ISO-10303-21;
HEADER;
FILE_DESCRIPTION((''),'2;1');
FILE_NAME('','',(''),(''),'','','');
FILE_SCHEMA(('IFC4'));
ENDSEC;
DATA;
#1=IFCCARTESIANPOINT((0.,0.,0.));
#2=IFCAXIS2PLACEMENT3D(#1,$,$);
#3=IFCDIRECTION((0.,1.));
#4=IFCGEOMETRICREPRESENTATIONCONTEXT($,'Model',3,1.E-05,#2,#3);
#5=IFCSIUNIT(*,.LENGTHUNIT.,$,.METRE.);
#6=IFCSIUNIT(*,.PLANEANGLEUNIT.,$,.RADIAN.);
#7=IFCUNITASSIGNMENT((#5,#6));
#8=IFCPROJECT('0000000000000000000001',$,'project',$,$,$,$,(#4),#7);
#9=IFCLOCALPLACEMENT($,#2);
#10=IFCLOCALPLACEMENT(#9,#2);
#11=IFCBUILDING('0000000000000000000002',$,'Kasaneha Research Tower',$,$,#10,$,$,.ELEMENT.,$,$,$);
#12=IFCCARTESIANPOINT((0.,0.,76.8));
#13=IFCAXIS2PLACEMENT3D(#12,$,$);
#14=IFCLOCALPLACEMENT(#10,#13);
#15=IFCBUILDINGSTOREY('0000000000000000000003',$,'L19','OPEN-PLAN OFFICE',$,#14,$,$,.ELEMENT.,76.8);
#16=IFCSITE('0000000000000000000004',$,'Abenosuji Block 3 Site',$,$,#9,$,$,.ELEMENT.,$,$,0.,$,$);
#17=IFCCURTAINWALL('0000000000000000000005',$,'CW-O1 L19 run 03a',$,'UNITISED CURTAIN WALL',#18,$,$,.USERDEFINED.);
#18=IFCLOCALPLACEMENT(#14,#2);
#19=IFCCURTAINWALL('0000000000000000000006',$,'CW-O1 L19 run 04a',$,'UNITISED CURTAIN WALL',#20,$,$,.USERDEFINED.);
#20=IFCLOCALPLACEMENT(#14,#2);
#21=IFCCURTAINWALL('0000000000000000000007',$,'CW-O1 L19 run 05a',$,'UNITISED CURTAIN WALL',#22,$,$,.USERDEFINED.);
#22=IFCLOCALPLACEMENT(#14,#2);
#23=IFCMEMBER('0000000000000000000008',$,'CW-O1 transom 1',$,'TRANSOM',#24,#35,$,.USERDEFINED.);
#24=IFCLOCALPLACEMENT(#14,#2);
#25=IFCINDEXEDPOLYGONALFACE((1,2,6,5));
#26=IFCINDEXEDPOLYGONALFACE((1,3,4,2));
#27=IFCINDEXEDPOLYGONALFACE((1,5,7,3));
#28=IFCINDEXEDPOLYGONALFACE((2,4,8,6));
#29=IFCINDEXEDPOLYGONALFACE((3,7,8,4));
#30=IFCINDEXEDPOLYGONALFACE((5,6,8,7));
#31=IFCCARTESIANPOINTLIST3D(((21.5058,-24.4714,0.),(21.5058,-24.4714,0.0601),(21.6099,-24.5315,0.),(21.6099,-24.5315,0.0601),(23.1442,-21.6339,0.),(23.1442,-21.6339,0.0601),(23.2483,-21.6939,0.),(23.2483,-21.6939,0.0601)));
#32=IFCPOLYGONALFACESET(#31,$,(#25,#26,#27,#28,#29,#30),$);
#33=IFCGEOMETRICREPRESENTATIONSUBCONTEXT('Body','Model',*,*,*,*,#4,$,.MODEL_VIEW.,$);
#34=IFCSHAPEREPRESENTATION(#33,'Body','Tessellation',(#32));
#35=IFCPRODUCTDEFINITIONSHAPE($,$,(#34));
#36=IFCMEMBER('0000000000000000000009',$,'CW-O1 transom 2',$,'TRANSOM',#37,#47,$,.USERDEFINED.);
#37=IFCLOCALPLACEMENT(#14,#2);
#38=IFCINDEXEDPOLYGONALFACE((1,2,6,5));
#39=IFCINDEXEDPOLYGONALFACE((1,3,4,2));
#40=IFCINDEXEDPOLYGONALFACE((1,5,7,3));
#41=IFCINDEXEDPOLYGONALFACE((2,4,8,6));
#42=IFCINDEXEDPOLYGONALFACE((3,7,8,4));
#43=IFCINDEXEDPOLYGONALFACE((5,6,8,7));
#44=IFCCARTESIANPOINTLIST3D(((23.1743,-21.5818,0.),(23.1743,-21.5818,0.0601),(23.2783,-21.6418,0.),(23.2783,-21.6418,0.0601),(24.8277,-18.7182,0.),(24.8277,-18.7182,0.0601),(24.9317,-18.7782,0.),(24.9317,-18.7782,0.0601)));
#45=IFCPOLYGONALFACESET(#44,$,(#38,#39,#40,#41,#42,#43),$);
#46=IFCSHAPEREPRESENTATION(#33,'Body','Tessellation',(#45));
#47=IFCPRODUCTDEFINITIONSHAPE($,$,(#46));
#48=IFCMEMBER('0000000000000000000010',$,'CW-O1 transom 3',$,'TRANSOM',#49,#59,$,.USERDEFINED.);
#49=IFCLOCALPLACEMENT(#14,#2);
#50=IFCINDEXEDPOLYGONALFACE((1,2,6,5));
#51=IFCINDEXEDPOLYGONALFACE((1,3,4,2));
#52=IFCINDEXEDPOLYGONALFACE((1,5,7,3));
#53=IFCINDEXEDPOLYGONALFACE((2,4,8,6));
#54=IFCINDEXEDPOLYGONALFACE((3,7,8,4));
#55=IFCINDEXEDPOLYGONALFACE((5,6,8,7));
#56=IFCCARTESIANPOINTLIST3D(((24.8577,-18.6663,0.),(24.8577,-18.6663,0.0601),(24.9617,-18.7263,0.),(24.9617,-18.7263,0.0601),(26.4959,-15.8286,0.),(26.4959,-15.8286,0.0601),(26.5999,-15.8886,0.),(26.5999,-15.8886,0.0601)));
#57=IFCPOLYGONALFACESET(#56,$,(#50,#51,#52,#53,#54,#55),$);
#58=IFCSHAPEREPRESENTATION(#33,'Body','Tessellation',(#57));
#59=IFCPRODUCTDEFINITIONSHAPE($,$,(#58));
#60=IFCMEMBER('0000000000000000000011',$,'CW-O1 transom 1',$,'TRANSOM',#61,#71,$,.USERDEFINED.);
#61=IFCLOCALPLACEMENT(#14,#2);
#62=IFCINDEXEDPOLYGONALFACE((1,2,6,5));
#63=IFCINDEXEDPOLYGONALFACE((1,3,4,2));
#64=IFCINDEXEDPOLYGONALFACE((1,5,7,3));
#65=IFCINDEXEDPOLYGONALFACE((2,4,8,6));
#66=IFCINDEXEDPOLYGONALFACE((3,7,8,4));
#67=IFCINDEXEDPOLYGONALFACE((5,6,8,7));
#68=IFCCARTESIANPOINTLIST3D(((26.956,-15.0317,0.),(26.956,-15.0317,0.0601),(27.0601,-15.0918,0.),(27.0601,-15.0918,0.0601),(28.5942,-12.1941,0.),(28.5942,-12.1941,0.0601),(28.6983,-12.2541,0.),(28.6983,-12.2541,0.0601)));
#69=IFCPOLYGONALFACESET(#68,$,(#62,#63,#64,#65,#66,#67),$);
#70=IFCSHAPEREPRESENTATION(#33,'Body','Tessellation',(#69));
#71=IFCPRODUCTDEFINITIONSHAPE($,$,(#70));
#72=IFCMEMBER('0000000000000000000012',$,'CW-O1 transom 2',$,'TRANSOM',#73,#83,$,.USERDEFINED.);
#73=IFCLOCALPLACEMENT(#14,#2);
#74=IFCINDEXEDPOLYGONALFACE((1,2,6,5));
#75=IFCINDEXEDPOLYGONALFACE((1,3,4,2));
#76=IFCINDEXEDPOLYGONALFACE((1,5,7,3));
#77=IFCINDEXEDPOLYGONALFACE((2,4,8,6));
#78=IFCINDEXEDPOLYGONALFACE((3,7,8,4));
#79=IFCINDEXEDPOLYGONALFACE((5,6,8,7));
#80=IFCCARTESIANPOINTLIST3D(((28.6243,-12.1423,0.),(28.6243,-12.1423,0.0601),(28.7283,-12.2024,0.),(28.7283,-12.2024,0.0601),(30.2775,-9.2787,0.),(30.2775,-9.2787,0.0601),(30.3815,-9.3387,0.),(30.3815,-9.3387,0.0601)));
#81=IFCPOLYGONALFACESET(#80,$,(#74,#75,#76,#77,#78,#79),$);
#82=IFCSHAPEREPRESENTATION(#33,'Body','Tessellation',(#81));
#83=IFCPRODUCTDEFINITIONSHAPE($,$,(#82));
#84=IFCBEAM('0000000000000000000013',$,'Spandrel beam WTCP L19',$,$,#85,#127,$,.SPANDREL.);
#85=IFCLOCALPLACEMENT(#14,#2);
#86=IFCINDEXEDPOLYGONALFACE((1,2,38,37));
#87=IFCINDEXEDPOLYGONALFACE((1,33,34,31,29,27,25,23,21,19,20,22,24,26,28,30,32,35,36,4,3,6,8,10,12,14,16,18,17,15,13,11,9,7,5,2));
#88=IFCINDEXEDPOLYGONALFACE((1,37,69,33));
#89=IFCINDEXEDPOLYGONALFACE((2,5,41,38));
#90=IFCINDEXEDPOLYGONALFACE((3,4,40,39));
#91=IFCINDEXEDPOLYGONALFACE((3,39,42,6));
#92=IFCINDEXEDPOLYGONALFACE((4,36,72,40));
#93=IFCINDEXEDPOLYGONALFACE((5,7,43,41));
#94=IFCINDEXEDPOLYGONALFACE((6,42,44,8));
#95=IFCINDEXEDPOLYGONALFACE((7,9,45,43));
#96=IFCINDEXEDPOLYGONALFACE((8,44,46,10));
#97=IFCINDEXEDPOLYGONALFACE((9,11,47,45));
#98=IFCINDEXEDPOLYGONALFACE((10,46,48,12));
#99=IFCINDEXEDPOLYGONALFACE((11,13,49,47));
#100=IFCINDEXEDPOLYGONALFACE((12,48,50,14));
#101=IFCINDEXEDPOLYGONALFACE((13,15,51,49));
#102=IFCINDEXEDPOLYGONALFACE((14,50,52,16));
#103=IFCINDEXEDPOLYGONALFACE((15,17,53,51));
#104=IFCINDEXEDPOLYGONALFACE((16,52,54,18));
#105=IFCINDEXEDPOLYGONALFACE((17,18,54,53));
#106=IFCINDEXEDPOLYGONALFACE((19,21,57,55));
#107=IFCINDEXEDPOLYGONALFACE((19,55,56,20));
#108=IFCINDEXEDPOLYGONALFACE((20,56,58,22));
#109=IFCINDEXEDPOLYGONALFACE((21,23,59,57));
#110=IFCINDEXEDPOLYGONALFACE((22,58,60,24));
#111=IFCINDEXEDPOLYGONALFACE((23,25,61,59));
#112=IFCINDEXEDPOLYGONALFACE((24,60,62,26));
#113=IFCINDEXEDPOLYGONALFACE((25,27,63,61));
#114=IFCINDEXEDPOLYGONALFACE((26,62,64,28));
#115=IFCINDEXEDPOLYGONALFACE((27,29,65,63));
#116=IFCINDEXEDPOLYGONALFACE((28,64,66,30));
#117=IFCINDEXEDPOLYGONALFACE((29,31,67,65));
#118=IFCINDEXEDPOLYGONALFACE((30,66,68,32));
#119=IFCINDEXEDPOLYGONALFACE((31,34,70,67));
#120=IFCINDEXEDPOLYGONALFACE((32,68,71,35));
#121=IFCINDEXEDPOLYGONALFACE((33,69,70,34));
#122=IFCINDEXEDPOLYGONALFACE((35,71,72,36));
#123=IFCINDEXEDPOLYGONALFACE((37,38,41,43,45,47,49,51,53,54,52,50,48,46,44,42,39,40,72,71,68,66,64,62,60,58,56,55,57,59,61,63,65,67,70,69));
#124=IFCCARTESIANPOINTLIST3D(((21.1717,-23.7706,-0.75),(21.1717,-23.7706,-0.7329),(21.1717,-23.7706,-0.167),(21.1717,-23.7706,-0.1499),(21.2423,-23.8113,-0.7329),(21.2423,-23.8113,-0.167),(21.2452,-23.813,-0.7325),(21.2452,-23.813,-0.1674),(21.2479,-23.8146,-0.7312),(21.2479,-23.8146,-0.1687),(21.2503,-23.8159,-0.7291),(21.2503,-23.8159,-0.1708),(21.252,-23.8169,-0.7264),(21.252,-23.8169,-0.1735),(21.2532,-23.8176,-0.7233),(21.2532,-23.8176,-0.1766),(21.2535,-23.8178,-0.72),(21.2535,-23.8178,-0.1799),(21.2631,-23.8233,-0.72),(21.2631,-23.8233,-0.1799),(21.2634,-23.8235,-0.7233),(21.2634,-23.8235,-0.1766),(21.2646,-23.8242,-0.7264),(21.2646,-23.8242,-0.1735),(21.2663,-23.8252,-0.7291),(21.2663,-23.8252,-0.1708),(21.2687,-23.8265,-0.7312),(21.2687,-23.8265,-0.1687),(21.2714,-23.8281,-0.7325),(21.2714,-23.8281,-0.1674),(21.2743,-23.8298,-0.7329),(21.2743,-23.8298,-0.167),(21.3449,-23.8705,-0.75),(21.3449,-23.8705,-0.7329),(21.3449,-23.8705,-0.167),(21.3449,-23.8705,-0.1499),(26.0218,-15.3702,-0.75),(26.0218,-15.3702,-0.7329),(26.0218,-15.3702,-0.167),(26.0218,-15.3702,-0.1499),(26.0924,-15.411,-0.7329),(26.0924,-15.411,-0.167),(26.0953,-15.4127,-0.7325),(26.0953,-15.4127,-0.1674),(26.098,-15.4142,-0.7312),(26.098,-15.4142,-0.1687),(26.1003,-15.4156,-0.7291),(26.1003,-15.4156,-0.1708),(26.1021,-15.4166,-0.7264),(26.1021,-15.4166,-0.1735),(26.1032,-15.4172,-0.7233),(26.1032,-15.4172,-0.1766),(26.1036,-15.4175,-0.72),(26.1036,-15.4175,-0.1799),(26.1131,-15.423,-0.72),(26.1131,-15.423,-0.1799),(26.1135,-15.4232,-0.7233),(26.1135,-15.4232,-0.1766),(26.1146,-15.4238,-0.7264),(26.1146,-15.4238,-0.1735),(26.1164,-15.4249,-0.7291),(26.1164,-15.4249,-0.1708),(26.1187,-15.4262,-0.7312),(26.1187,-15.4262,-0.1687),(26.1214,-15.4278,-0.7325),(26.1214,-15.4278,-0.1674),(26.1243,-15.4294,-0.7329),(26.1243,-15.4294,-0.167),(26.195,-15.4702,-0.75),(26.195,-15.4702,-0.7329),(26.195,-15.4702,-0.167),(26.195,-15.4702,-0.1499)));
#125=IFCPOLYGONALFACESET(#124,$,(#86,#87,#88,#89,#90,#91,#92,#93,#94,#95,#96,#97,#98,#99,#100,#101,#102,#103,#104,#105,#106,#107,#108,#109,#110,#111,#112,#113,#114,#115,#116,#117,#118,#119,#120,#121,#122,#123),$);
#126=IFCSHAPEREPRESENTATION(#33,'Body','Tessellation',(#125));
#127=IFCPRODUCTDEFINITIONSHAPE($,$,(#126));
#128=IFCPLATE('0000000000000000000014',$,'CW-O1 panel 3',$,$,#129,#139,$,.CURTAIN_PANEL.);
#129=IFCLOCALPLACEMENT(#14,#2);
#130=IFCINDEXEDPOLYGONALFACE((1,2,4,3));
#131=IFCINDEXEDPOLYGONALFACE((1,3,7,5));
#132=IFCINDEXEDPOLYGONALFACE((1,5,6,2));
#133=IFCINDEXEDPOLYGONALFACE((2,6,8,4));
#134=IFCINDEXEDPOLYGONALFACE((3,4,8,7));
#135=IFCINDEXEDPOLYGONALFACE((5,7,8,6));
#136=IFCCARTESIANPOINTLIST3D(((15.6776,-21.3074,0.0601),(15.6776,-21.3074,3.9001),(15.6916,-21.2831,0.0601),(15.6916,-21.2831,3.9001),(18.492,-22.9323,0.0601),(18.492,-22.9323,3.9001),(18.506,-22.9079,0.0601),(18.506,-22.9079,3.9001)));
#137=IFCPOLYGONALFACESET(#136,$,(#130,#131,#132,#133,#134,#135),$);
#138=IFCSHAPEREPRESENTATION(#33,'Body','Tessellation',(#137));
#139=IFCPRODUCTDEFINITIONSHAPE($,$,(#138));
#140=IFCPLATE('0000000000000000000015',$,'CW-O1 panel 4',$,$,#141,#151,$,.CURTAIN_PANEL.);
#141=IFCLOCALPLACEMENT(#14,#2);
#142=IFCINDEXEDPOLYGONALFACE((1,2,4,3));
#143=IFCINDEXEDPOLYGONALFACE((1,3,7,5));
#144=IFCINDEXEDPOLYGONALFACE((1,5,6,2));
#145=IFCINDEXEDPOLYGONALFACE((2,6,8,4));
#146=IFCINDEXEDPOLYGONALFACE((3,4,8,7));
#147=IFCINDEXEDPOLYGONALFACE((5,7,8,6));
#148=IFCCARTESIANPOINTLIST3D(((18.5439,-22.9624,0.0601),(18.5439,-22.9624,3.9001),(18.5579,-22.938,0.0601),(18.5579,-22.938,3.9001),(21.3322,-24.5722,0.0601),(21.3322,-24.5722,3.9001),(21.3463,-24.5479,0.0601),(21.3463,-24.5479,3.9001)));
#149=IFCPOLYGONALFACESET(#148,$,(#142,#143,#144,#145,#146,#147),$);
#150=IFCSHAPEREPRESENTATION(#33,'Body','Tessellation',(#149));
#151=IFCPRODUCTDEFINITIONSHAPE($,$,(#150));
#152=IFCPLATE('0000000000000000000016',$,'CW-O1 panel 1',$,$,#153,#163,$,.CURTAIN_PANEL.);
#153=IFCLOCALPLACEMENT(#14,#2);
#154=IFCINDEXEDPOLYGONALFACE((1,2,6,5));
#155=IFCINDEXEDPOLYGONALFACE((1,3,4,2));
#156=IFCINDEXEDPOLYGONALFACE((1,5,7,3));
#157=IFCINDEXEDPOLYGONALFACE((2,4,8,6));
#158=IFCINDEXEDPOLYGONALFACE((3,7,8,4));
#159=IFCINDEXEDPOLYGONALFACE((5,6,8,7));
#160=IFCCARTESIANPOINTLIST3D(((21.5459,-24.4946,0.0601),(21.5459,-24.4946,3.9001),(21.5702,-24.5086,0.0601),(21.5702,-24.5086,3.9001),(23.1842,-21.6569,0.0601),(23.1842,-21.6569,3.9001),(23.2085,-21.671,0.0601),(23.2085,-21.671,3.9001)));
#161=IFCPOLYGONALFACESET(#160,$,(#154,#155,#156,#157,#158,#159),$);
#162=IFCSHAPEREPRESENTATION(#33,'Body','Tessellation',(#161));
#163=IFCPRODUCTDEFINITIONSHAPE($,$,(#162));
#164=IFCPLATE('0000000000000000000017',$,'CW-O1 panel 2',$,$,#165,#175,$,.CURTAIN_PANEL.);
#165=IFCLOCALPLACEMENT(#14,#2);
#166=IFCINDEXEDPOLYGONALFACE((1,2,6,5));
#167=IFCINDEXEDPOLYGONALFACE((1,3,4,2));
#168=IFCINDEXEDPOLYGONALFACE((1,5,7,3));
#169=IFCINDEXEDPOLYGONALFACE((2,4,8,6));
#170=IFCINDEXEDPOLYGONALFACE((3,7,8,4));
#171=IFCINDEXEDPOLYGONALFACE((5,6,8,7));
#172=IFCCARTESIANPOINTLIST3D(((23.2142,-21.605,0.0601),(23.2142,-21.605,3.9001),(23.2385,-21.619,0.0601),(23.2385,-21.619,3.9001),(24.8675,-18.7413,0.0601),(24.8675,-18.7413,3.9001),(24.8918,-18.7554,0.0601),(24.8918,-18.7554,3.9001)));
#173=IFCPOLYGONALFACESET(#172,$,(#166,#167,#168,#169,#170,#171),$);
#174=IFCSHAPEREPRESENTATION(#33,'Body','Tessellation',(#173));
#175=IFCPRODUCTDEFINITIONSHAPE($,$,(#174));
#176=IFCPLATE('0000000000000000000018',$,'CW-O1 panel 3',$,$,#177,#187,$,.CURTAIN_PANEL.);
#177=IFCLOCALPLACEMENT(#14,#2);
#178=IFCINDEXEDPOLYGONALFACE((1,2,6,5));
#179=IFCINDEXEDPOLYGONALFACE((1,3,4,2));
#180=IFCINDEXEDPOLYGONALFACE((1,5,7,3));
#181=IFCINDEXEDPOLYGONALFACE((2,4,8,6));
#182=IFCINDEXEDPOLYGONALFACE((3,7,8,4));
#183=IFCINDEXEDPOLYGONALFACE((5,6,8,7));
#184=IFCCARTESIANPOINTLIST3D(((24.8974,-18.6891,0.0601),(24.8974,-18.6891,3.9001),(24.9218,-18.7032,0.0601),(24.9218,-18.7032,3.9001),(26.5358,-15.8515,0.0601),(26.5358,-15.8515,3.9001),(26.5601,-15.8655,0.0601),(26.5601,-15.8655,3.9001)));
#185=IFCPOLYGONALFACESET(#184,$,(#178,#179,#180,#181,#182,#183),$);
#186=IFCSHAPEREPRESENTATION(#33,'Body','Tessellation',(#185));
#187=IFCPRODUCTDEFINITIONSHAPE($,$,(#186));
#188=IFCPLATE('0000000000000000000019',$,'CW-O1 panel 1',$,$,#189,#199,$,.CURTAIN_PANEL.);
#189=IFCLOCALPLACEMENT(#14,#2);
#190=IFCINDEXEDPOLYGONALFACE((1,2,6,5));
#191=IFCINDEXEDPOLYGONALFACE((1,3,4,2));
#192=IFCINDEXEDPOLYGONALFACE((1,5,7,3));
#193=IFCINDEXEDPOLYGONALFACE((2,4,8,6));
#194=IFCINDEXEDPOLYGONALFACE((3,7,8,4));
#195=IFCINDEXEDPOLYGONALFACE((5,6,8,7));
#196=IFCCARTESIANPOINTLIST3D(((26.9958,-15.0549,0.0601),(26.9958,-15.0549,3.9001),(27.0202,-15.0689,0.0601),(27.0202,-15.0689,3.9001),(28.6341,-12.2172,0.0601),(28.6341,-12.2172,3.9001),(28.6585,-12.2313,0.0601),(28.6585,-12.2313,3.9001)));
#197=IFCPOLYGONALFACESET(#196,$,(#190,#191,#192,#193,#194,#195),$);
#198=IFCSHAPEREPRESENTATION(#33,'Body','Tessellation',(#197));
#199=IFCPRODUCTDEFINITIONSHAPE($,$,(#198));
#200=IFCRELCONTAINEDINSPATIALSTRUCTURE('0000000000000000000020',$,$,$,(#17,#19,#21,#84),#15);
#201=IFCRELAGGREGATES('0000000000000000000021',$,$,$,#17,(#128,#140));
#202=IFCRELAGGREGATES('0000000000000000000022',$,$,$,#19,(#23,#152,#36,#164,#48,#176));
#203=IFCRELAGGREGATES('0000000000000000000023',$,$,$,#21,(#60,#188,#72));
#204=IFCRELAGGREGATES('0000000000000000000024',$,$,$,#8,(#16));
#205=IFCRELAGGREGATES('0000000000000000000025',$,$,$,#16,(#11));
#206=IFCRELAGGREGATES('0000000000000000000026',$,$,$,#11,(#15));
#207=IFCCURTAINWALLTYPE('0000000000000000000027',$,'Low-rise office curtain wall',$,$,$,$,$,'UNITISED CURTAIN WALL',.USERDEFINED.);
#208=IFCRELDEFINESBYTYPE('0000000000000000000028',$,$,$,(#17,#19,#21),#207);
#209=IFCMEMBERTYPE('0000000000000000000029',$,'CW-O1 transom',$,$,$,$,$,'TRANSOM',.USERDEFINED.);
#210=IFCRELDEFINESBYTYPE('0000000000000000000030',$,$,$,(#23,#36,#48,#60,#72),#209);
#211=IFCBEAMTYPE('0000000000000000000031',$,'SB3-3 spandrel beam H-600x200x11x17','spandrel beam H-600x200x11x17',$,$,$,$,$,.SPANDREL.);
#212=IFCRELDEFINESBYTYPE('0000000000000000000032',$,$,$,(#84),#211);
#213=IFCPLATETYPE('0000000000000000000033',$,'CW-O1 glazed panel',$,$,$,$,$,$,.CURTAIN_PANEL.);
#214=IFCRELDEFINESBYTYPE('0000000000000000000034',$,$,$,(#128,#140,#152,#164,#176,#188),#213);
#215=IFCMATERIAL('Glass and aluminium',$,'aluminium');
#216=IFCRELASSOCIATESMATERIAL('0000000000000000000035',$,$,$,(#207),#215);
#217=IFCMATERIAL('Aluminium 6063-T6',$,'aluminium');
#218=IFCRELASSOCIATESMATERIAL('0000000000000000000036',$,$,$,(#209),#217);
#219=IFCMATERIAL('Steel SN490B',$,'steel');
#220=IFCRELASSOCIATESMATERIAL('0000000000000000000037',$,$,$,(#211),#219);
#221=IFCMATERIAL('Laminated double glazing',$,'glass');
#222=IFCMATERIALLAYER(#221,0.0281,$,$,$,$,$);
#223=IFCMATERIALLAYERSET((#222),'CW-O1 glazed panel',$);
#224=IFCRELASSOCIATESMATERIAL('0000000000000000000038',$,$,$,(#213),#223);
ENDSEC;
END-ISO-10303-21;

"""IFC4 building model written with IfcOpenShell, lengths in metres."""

from ifc_helpers import new_model, si_unit, direction, frame, origin, origin_2d, place, context, subcontext, project, spatial, rectangle, i_section, extrude, material, layer, layer_set, material_profile, profile_set, type_object, element, aggregate, save


model = new_model("IFC4")

# Units and contexts
model_context = context("Model", 3, precision=1e-05, world=origin(), true_north=direction((0.0, 1.0)))
body_context = subcontext(model_context, "Body", "Model", "MODEL_VIEW")
ifc_project = project(units=[si_unit("LENGTHUNIT", "METRE"), si_unit("PLANEANGLEUNIT", "RADIAN")], contexts=[model_context])

# Site, building, storey
site_placement = place(None, origin())
site = spatial("IfcSite", under=ifc_project, at=site_placement, Name="Abenosuji Block 3 Site", CompositionType="ELEMENT", RefElevation=0.0)
building_placement = place(site_placement, origin())
building = spatial("IfcBuilding", under=site, at=building_placement, Name="Kasaneha Research Tower", CompositionType="ELEMENT")
storey_placement = place(building_placement, frame((0.0, 0.0, 76.8)))
storey = spatial("IfcBuildingStorey", under=building, at=storey_placement, Name="L19", Description="OPEN-PLAN OFFICE", CompositionType="ELEMENT", Elevation=76.8)

# Curtain walls
ifc_material_1 = material(Name="Glass and aluminium", Category="aluminium")
curtain_wall_type = type_object("IfcCurtainWallType", Name="Low-rise office curtain wall", ElementType="UNITISED CURTAIN WALL", PredefinedType="USERDEFINED", material=ifc_material_1)
curtain_wall_1_placement = place(storey_placement, origin())
curtain_wall_1 = element("IfcCurtainWall", 1, at=curtain_wall_1_placement, inside=storey, type_object=curtain_wall_type, Name="CW-O1 L19 run 03a", ObjectType="UNITISED CURTAIN WALL", PredefinedType="USERDEFINED")
curtain_wall_2_placement = place(storey_placement, origin())
curtain_wall_2 = element("IfcCurtainWall", 2, at=curtain_wall_2_placement, inside=storey, type_object=curtain_wall_type, Name="CW-O1 L19 run 04a", ObjectType="UNITISED CURTAIN WALL", PredefinedType="USERDEFINED")
curtain_wall_3_placement = place(storey_placement, origin())
curtain_wall_3 = element("IfcCurtainWall", 3, at=curtain_wall_3_placement, inside=storey, type_object=curtain_wall_type, Name="CW-O1 L19 run 05a", ObjectType="UNITISED CURTAIN WALL", PredefinedType="USERDEFINED")

# Members
ifc_material_2 = material(Name="Aluminium 6063-T6", Category="aluminium")
ifc_material_profile_1 = material_profile(ifc_material_2, rectangle(XDim=0.1201, YDim=0.0601, at=origin_2d()), Name="CW-O1 transom 120x60")
ifc_profile_set_1 = profile_set([ifc_material_profile_1], Name="Aluminium 6063-T6")
member_type_1 = type_object("IfcMemberType", Name="CW-O1 transom", ElementType="TRANSOM", PredefinedType="USERDEFINED", material=ifc_profile_set_1)
member_1_placement = place(storey_placement, frame((21.5579, -24.5015, 0.03), z_axis=(0.500026, 0.866011, 0.0), x_axis=(-0.866011, 0.500026, 0.0)))
member_1 = element("IfcMember", 4, at=member_1_placement, type_object=member_type_1, Name="CW-O1 transom 1", ObjectType="TRANSOM", PredefinedType="USERDEFINED", context=body_context, shape_type="SweptSolid", body=[
    extrude(rectangle(XDim=0.1201, YDim=0.0601, at=origin_2d()), origin(), (0.0, 0.0, 1.0), 3.2766),
])
member_2_placement = place(storey_placement, frame((23.2263, -21.6118, 0.03), z_axis=(0.500014, 0.866017, 0.0), x_axis=(-0.866017, 0.500014, 0.0)))
member_2 = element("IfcMember", 5, at=member_2_placement, type_object=member_type_1, Name="CW-O1 transom 2", ObjectType="TRANSOM", PredefinedType="USERDEFINED", context=body_context, shape_type="SweptSolid", body=[
    extrude(rectangle(XDim=0.1201, YDim=0.0601, at=origin_2d()), origin(), (0.0, 0.0, 1.0), 3.3066),
])
member_3_placement = place(storey_placement, frame((24.9097, -18.6963, 0.03), z_axis=(0.49997, 0.866043, 0.0), x_axis=(-0.866043, 0.49997, 0.0)))
member_3 = element("IfcMember", 6, at=member_3_placement, type_object=member_type_1, Name="CW-O1 transom 3", ObjectType="TRANSOM", PredefinedType="USERDEFINED", context=body_context, shape_type="SweptSolid", body=[
    extrude(rectangle(XDim=0.1201, YDim=0.0601, at=origin_2d()), origin(), (0.0, 0.0, 1.0), 3.2766),
])
member_4_placement = place(storey_placement, frame((27.0081, -15.0618, 0.03), z_axis=(0.49997, 0.866043, 0.0), x_axis=(-0.866043, 0.49997, 0.0)))
member_4 = element("IfcMember", 7, at=member_4_placement, type_object=member_type_1, Name="CW-O1 transom 1", ObjectType="TRANSOM", PredefinedType="USERDEFINED", context=body_context, shape_type="SweptSolid", body=[
    extrude(rectangle(XDim=0.1201, YDim=0.0601, at=origin_2d()), origin(), (0.0, 0.0, 1.0), 3.2766),
])
member_5_placement = place(storey_placement, frame((28.6763, -12.1724, 0.03), z_axis=(0.499982, 0.866036, 0.0), x_axis=(-0.866036, 0.499982, 0.0)))
member_5 = element("IfcMember", 8, at=member_5_placement, type_object=member_type_1, Name="CW-O1 transom 2", ObjectType="TRANSOM", PredefinedType="USERDEFINED", context=body_context, shape_type="SweptSolid", body=[
    extrude(rectangle(XDim=0.1201, YDim=0.0601, at=origin_2d()), origin(), (0.0, 0.0, 1.0), 3.3066),
])

# Beam
ifc_material_3 = material(Name="Steel SN490B", Category="steel")
ifc_material_profile_2 = material_profile(ifc_material_3, i_section(OverallWidth=0.2, OverallDepth=0.6001, WebThickness=0.011, FlangeThickness=0.0171, FilletRadius=0.0129, at=origin_2d()), Name="H-600x200x11x17")
ifc_profile_set_2 = profile_set([ifc_material_profile_2], Name="Steel SN490B")
beam_type_1 = type_object("IfcBeamType", Name="SB3-3 spandrel beam H-600x200x11x17", Description="spandrel beam H-600x200x11x17", PredefinedType="SPANDREL", material=ifc_profile_set_2)
beam_1_placement = place(storey_placement, frame((21.2583, -23.8206, -0.45), z_axis=(0.50001, 0.86602, 0.0), x_axis=(-0.86602, 0.50001, 0.0)))
element("IfcBeam", 9, at=beam_1_placement, inside=storey, type_object=beam_type_1, Name="Spandrel beam WTCP L19", PredefinedType="SPANDREL", context=body_context, shape_type="SweptSolid", body=[
    extrude(i_section(OverallWidth=0.2, OverallDepth=0.6001, WebThickness=0.011, FlangeThickness=0.0171, FilletRadius=0.0129, at=origin_2d()), origin(), (0.0, 0.0, 1.0), 9.7),
])

# Plates
ifc_material_4 = material(Name="Laminated double glazing", Category="glass")
ifc_layer_1 = layer(ifc_material_4, 0.0281)
ifc_layer_set_1 = layer_set([ifc_layer_1], Name="CW-O1 glazed panel")
plate_type = type_object("IfcPlateType", Name="CW-O1 glazed panel", PredefinedType="CURTAIN_PANEL", material=ifc_layer_set_1)
plate_1_placement = place(storey_placement, frame((17.0918, -22.1077, 0.0601), z_axis=(0.0, 0.0, 1.0), x_axis=(0.866025, -0.5, 0.0)))
plate_1 = element("IfcPlate", 10, at=plate_1_placement, type_object=plate_type, Name="CW-O1 panel 3", PredefinedType="CURTAIN_PANEL", context=body_context, shape_type="SweptSolid", body=[
    extrude(rectangle(XDim=3.2498, YDim=0.0281, at=origin_2d()), origin(), (0.0, 0.0, 1.0), 3.8401),
])
plate_2_placement = place(storey_placement, frame((19.9451, -23.7551, 0.0601), z_axis=(0.0, 0.0, 1.0), x_axis=(0.866025, -0.5, 0.0)))
plate_2 = element("IfcPlate", 11, at=plate_2_placement, type_object=plate_type, Name="CW-O1 panel 4", PredefinedType="CURTAIN_PANEL", context=body_context, shape_type="SweptSolid", body=[
    extrude(rectangle(XDim=3.2197, YDim=0.0281, at=origin_2d()), origin(), (0.0, 0.0, 1.0), 3.8401),
])
aggregate(curtain_wall_1, [plate_1, plate_2])
plate_3_placement = place(storey_placement, frame((22.3772, -23.0828, 0.0601), z_axis=(0.0, 0.0, 1.0), x_axis=(0.5, 0.866025, 0.0)))
plate_3 = element("IfcPlate", 12, at=plate_3_placement, type_object=plate_type, Name="CW-O1 panel 1", PredefinedType="CURTAIN_PANEL", context=body_context, shape_type="SweptSolid", body=[
    extrude(rectangle(XDim=3.2766, YDim=0.0281, at=origin_2d()), origin(), (0.0, 0.0, 1.0), 3.8401),
])
plate_4_placement = place(storey_placement, frame((24.053, -20.1802, 0.0601), z_axis=(0.0, 0.0, 1.0), x_axis=(0.5, 0.866025, 0.0)))
plate_4 = element("IfcPlate", 13, at=plate_4_placement, type_object=plate_type, Name="CW-O1 panel 2", PredefinedType="CURTAIN_PANEL", context=body_context, shape_type="SweptSolid", body=[
    extrude(rectangle(XDim=3.3066, YDim=0.0281, at=origin_2d()), origin(), (0.0, 0.0, 1.0), 3.8401),
])
plate_5_placement = place(storey_placement, frame((25.7288, -17.2773, 0.0601), z_axis=(0.0, 0.0, 1.0), x_axis=(0.5, 0.866025, 0.0)))
plate_5 = element("IfcPlate", 14, at=plate_5_placement, type_object=plate_type, Name="CW-O1 panel 3", PredefinedType="CURTAIN_PANEL", context=body_context, shape_type="SweptSolid", body=[
    extrude(rectangle(XDim=3.2766, YDim=0.0281, at=origin_2d()), origin(), (0.0, 0.0, 1.0), 3.8401),
])
aggregate(curtain_wall_2, [member_1, plate_3, member_2, plate_4, member_3, plate_5])
plate_6_placement = place(storey_placement, frame((27.8271, -13.6431, 0.0601), z_axis=(0.0, 0.0, 1.0), x_axis=(0.5, 0.866025, 0.0)))
plate_6 = element("IfcPlate", 15, at=plate_6_placement, type_object=plate_type, Name="CW-O1 panel 1", PredefinedType="CURTAIN_PANEL", context=body_context, shape_type="SweptSolid", body=[
    extrude(rectangle(XDim=3.2766, YDim=0.0281, at=origin_2d()), origin(), (0.0, 0.0, 1.0), 3.8401),
])
aggregate(curtain_wall_3, [member_4, plate_6, member_5])

save(model, "model.ifc")
